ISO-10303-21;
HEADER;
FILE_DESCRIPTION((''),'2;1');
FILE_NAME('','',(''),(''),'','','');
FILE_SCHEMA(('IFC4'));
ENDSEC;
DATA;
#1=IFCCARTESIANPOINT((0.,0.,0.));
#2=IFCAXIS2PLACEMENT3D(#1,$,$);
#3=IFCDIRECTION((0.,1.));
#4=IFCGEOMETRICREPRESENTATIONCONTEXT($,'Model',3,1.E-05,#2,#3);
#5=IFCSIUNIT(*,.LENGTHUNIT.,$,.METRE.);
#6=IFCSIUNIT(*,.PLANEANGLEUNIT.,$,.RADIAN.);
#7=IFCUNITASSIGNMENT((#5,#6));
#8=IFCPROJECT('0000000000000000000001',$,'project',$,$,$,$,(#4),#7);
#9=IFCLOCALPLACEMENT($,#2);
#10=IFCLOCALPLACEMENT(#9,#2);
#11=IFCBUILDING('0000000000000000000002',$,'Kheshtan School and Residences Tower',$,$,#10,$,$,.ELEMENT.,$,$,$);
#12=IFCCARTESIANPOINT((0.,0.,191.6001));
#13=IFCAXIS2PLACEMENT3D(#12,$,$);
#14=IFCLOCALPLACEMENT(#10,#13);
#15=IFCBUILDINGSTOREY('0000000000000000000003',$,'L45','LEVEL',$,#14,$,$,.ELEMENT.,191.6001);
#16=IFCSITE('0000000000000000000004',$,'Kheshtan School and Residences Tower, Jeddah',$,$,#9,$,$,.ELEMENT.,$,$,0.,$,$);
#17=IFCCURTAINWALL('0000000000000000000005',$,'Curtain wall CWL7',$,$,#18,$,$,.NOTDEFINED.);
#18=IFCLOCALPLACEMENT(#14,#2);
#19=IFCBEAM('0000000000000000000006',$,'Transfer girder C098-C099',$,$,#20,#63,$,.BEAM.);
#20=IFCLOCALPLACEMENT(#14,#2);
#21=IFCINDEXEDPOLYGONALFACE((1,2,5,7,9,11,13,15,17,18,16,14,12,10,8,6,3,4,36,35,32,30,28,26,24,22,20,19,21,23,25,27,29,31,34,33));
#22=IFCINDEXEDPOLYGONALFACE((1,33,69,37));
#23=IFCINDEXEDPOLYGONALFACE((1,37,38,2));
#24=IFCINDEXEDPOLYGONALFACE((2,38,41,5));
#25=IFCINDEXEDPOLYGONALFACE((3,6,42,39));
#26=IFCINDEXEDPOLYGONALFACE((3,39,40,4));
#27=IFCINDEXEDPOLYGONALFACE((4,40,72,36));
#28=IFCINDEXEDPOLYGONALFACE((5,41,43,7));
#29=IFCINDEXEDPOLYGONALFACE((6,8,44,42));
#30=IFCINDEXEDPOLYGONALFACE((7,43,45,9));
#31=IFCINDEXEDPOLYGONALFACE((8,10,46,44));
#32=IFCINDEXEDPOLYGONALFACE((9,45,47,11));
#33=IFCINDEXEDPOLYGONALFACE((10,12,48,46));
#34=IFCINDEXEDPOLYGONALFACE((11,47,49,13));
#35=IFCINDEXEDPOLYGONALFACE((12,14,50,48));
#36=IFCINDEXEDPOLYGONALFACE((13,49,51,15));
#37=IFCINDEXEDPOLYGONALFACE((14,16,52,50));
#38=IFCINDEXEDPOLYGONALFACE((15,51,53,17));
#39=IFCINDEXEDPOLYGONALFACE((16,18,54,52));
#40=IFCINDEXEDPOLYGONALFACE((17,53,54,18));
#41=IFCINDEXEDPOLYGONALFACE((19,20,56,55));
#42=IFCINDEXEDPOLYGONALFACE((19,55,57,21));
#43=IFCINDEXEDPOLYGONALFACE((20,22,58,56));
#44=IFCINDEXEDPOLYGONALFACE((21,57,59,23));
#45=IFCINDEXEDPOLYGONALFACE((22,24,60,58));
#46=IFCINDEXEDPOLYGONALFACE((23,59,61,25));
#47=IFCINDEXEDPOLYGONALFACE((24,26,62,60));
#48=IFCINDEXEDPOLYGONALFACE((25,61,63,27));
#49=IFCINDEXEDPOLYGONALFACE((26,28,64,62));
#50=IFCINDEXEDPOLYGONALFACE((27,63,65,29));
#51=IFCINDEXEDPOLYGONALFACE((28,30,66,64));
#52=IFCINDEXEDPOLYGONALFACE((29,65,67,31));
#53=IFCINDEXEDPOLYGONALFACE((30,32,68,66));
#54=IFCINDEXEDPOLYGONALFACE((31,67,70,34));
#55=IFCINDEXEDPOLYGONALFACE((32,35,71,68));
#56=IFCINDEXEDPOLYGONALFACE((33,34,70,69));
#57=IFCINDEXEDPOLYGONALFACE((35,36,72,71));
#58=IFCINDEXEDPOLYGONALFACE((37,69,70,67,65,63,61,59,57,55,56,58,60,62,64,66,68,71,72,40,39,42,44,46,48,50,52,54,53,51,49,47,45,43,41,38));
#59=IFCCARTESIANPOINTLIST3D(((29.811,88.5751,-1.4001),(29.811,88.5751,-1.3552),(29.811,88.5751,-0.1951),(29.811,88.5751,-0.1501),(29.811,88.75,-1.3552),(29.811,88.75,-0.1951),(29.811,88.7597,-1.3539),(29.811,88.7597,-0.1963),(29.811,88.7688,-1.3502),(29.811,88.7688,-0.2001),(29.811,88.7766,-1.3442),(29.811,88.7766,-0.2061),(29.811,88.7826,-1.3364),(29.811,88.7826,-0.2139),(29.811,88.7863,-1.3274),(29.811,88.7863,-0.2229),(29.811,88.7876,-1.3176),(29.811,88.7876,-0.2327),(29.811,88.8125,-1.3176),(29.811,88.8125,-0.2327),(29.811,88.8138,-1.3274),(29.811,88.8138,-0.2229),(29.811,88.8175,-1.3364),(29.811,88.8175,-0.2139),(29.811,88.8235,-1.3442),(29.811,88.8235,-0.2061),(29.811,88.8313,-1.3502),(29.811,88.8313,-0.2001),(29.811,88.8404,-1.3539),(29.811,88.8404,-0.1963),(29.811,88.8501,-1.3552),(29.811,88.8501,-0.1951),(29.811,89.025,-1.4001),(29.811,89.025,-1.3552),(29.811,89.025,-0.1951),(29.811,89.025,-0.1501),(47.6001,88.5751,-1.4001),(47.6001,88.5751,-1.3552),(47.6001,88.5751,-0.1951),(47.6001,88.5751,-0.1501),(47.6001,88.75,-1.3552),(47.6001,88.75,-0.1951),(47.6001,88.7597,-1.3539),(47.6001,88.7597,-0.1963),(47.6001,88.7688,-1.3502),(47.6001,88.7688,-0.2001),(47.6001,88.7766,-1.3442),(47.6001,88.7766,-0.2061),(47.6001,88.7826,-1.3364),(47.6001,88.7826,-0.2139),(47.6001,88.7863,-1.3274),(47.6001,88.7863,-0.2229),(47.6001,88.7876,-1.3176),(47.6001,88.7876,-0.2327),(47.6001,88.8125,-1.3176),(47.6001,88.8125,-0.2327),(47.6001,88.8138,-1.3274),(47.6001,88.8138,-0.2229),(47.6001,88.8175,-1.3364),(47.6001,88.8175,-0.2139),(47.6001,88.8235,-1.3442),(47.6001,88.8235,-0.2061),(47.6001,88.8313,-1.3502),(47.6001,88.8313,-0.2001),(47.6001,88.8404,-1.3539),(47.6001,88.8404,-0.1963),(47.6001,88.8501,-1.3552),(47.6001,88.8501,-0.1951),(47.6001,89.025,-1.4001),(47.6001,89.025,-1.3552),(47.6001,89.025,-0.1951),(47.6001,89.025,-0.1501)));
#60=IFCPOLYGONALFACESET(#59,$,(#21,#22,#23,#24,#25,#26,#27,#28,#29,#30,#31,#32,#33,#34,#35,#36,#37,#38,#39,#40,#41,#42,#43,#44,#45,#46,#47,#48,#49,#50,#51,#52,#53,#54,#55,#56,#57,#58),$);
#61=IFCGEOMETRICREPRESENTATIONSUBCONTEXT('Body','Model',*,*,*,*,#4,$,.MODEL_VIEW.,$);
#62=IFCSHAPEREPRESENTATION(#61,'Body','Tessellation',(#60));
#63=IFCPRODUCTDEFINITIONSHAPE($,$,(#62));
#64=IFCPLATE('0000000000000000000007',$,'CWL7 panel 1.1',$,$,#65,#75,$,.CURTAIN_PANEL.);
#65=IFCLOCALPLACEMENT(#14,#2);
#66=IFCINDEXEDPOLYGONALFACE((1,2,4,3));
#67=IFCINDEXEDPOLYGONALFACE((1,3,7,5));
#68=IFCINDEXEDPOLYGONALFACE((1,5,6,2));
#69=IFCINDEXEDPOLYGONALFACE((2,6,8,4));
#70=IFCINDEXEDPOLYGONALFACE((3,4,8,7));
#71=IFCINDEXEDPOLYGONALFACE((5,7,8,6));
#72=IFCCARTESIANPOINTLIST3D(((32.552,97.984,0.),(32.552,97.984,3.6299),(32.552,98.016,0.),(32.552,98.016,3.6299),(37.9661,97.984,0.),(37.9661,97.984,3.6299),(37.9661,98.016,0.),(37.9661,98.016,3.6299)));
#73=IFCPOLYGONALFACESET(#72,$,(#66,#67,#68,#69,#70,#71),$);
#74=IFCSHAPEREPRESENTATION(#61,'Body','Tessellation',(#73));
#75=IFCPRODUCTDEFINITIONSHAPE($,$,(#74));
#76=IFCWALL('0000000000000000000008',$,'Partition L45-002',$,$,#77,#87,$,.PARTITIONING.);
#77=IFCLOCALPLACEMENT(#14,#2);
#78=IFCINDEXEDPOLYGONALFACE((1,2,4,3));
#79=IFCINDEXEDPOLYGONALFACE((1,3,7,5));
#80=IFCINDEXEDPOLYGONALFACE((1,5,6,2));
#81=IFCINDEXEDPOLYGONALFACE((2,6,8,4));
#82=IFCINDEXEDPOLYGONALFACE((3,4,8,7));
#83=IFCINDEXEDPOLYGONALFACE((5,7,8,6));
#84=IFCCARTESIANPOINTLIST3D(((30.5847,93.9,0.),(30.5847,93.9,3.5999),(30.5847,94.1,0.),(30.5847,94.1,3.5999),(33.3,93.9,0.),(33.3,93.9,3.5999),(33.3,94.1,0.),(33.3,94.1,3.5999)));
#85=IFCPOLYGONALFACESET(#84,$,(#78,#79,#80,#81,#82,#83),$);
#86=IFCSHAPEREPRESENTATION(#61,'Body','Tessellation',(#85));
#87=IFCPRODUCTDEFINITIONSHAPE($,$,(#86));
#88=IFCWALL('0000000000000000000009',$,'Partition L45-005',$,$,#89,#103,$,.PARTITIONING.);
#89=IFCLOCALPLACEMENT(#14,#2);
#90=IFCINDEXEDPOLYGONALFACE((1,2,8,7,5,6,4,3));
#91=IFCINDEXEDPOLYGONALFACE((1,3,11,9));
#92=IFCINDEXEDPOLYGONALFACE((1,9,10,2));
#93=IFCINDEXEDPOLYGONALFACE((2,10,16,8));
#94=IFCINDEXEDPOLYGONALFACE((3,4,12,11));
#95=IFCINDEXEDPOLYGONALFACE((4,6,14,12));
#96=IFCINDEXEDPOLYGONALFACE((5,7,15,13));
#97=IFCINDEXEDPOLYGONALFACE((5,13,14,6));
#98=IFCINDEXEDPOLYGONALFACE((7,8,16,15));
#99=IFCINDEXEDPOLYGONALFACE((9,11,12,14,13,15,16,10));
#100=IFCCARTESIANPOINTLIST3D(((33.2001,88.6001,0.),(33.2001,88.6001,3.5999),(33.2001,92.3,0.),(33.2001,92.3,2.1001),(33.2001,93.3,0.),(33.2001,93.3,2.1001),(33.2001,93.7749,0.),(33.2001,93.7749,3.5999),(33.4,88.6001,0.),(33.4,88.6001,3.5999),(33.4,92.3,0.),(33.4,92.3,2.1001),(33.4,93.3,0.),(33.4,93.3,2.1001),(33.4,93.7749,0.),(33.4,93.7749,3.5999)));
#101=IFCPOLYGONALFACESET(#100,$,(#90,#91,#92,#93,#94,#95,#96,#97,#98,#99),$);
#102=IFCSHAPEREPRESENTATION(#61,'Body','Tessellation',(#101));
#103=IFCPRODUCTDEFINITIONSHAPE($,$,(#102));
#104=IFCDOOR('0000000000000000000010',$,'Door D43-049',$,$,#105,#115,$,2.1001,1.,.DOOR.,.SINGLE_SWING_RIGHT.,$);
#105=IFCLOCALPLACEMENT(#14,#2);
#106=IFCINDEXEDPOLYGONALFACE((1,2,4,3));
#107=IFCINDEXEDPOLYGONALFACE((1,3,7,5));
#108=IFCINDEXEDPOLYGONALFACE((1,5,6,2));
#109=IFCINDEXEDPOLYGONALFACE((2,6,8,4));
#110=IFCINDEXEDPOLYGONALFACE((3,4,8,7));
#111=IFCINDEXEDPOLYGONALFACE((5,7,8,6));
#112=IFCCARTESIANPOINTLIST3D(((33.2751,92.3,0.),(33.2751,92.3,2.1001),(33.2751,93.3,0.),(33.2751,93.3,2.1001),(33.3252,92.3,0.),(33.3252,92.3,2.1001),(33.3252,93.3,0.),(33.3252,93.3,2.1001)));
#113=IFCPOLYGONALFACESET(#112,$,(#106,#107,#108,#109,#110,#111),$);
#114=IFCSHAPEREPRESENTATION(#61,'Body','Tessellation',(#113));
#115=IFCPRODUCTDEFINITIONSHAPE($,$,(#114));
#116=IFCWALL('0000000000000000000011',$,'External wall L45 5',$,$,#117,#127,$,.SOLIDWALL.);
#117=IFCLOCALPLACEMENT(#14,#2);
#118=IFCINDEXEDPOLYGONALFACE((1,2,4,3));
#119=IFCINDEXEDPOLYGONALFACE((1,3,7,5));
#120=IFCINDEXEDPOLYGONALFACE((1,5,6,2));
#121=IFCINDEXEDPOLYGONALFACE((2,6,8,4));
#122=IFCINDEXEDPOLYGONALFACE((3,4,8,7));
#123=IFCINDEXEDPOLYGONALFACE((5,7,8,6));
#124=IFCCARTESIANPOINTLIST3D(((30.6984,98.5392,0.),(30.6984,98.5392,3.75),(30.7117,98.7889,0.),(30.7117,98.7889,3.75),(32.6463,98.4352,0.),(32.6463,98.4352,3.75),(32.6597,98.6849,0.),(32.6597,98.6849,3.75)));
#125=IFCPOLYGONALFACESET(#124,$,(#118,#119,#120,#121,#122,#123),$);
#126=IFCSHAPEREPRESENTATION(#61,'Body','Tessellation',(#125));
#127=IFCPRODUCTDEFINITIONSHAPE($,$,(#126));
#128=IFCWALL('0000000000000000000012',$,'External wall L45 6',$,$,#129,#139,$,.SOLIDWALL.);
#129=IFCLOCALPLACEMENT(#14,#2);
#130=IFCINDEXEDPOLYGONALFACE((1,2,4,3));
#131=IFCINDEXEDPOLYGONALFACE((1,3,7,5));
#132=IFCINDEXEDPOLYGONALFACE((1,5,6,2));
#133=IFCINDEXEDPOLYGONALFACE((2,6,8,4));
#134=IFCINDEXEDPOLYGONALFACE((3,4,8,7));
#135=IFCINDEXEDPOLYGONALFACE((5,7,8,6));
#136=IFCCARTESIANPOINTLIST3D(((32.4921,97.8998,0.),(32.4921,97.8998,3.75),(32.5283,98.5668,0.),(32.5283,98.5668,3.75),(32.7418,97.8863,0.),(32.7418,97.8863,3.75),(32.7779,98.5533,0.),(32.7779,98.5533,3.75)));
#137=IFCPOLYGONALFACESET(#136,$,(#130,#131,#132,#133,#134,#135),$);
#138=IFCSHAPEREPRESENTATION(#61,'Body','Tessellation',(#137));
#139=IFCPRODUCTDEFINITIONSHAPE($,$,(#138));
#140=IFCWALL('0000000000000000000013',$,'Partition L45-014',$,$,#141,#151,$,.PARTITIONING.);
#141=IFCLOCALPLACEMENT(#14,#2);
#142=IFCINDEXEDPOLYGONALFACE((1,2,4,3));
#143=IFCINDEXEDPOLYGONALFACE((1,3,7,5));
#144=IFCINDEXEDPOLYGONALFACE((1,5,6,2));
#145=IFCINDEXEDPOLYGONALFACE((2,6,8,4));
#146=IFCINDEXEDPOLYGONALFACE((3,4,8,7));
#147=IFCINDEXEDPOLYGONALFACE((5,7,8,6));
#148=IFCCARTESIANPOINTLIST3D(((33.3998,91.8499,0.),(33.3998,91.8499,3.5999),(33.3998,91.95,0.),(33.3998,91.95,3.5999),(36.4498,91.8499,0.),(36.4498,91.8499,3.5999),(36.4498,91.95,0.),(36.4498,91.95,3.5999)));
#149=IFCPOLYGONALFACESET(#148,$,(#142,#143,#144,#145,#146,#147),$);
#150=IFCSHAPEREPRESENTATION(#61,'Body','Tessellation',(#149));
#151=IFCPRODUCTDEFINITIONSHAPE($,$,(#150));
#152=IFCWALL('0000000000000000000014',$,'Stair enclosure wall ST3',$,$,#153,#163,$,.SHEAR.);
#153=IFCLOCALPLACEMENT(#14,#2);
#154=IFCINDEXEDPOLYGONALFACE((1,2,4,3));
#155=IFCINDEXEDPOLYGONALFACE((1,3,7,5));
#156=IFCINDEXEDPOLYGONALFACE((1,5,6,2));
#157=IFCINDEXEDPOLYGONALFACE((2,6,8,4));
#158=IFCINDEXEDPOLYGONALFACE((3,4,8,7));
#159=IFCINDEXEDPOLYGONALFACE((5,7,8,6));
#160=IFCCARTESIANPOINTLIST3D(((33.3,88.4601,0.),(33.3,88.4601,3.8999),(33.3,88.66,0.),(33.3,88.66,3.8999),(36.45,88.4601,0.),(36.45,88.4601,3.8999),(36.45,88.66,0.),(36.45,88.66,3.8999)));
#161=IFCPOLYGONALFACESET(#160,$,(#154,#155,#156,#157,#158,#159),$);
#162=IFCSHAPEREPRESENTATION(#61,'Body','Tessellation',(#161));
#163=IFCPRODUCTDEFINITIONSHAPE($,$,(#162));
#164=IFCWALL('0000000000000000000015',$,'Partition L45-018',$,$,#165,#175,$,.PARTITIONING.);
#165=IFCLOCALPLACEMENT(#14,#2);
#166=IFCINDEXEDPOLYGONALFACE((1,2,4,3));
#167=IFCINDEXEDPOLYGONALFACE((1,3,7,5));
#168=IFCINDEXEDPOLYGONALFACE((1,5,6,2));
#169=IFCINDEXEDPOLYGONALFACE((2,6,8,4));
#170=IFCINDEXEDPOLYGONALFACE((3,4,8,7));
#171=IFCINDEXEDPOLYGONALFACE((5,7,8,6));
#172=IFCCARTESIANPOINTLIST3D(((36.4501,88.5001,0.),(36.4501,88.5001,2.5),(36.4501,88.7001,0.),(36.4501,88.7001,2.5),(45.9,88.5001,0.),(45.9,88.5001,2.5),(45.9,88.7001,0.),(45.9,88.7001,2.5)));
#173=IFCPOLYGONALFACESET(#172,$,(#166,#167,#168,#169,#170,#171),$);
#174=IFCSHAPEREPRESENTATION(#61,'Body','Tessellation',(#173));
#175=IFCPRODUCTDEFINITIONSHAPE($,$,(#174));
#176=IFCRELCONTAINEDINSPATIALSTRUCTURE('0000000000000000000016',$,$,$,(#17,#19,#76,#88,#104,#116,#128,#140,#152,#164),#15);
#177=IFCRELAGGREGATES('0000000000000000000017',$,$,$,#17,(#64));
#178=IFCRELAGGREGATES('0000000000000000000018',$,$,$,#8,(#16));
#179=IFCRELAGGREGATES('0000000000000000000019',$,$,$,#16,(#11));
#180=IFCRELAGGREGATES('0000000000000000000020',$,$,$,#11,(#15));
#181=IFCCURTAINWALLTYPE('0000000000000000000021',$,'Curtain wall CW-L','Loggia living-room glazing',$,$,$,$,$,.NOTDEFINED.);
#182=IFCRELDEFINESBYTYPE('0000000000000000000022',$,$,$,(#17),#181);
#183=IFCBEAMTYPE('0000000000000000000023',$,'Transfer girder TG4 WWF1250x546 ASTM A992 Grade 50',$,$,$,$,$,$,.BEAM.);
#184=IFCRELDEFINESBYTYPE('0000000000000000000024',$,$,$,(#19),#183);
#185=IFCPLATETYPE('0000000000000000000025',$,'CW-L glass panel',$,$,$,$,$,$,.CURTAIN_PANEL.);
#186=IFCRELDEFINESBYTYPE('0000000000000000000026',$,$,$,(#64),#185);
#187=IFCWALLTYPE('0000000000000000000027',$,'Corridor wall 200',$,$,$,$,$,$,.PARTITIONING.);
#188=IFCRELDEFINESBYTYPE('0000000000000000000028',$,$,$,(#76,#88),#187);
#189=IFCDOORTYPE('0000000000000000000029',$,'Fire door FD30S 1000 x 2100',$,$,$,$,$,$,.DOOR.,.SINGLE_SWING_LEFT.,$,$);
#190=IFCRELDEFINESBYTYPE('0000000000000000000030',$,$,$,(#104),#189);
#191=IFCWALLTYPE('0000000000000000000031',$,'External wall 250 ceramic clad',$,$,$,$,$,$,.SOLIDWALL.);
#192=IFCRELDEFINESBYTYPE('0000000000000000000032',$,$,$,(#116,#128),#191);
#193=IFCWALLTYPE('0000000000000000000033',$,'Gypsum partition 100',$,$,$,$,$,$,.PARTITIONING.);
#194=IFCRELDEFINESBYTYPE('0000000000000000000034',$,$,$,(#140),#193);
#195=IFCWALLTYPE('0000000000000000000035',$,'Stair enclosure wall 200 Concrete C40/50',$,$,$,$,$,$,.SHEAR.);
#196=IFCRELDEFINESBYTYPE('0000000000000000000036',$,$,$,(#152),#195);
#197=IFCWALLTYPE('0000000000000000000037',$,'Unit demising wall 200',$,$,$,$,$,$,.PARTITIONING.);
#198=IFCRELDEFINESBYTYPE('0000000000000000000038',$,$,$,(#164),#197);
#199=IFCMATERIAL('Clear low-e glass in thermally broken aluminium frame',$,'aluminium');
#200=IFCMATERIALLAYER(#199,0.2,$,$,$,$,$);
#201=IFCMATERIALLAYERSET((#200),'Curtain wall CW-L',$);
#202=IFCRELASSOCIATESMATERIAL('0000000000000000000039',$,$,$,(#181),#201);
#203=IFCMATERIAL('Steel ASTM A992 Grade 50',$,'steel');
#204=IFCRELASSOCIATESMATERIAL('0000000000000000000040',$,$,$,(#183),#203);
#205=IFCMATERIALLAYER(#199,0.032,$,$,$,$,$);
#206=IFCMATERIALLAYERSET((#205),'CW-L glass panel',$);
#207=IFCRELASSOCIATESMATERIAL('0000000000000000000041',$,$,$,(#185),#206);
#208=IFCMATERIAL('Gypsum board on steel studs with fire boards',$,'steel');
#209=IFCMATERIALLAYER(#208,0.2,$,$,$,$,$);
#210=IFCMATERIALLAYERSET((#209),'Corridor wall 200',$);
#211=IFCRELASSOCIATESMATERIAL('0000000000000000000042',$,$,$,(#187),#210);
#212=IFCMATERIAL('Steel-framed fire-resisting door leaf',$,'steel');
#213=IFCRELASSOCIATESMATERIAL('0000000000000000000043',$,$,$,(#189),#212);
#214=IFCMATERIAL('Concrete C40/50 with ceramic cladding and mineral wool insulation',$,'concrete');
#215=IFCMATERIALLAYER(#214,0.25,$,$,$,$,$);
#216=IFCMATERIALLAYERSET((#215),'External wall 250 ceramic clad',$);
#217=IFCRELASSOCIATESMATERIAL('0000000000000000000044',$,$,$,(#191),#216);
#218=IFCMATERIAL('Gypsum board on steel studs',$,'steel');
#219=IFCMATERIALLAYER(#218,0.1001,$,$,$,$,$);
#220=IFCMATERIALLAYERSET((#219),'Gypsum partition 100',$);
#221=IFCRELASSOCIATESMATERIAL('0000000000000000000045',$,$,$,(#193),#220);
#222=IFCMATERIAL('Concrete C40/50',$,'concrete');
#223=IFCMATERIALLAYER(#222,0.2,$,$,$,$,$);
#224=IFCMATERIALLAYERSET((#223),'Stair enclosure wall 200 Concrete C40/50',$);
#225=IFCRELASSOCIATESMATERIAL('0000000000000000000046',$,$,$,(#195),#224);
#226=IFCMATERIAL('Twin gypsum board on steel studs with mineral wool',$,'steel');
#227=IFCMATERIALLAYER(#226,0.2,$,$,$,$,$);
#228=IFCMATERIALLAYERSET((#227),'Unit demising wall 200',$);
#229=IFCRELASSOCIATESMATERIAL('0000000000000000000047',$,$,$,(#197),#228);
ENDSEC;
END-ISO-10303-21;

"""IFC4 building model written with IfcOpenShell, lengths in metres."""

from ifc_helpers import new_model, si_unit, direction, frame, frame_2d, origin, origin_2d, place, context, subcontext, project, spatial, rectangle, i_section, extrude, source, transform, mapped, material, layer, layer_set, material_profile, profile_set, type_object, element, fill, aggregate, save


model = new_model("IFC4")

# Units and contexts
model_context = context("Model", 3, precision=1e-05, world=origin(), true_north=direction((0.0, 1.0)))
body_context = subcontext(model_context, "Body", "Model", "MODEL_VIEW")
ifc_project = project(units=[si_unit("LENGTHUNIT", "METRE"), si_unit("PLANEANGLEUNIT", "RADIAN")], contexts=[model_context])

# Site, building, storey
site_placement = place(None, origin())
site = spatial("IfcSite", under=ifc_project, at=site_placement, Name="Kheshtan School and Residences Tower, Jeddah", CompositionType="ELEMENT", RefElevation=0.0)
building_placement = place(site_placement, origin())
building = spatial("IfcBuilding", under=site, at=building_placement, Name="Kheshtan School and Residences Tower", CompositionType="ELEMENT")
storey_placement = place(building_placement, frame((0.0, 0.0, 191.6001)))
storey = spatial("IfcBuildingStorey", under=building, at=storey_placement, Name="L45", Description="LEVEL", CompositionType="ELEMENT", Elevation=191.6001)

# Shared definitions
ifc_material_1 = material(Name="Steel ASTM A992 Grade 50", Category="steel")

# Curtain wall
ifc_material_2 = material(Name="Clear low-e glass in thermally broken aluminium frame", Category="aluminium")
ifc_layer_1 = layer(ifc_material_2, 0.2)
ifc_layer_set_1 = layer_set([ifc_layer_1], Name="Curtain wall CW-L")
curtain_wall_type = type_object("IfcCurtainWallType", Name="Curtain wall CW-L", Description="Loggia living-room glazing", PredefinedType="NOTDEFINED", material=ifc_layer_set_1)
curtain_wall_placement = place(storey_placement, origin())
curtain_wall = element("IfcCurtainWall", 1, at=curtain_wall_placement, inside=storey, type_object=curtain_wall_type, Name="Curtain wall CWL7", PredefinedType="NOTDEFINED")

# Beam
ifc_material_profile_1 = material_profile(ifc_material_1, i_section(OverallWidth=0.45, OverallDepth=1.25, WebThickness=0.0249, FlangeThickness=0.0449, FilletRadius=0.0376, at=origin_2d()), Name="WWF1250x546")
ifc_profile_set_1 = profile_set([ifc_material_profile_1], Name="Steel ASTM A992 Grade 50")
beam_type_1 = type_object("IfcBeamType", Name="Transfer girder TG4 WWF1250x546 ASTM A992 Grade 50", PredefinedType="BEAM", material=ifc_profile_set_1)
beam_1_placement = place(storey_placement, frame((29.811, 88.8, -0.7751), z_axis=(1.0, 0.0, 0.0), x_axis=(0.0, 1.0, 0.0)))
element("IfcBeam", 2, at=beam_1_placement, inside=storey, type_object=beam_type_1, Name="Transfer girder C098-C099", PredefinedType="BEAM", context=body_context, shape_type="SweptSolid", body=[
    extrude(i_section(OverallWidth=0.45, OverallDepth=1.25, WebThickness=0.0249, FlangeThickness=0.0449, FilletRadius=0.0376, at=origin_2d()), origin(), (0.0, 0.0, 1.0), 17.7891),
])

# Plate
ifc_layer_2 = layer(ifc_material_2, 0.032)
ifc_layer_set_2 = layer_set([ifc_layer_2], Name="CW-L glass panel")
plate_type = type_object("IfcPlateType", Name="CW-L glass panel", PredefinedType="CURTAIN_PANEL", material=ifc_layer_set_2)
plate_placement = place(storey_placement, frame((35.259, 98.0, 0.0), z_axis=(0.0, 0.0, 1.0), x_axis=(1.0, 0.0, 0.0)))
plate = element("IfcPlate", 3, at=plate_placement, type_object=plate_type, Name="CWL7 panel 1.1", PredefinedType="CURTAIN_PANEL", context=body_context, shape_type="SweptSolid", body=[
    extrude(rectangle(XDim=5.4141, YDim=0.032, at=origin_2d()), origin(), (0.0, 0.0, 1.0), 3.6299),
])
aggregate(curtain_wall, [plate])

# Wall
ifc_material_3 = material(Name="Gypsum board on steel studs with fire boards", Category="steel")
ifc_layer_3 = layer(ifc_material_3, 0.2)
ifc_layer_set_3 = layer_set([ifc_layer_3], Name="Corridor wall 200")
wall_type_1 = type_object("IfcWallType", Name="Corridor wall 200", PredefinedType="PARTITIONING", material=ifc_layer_set_3)
wall_1_placement = place(storey_placement, frame((30.5847, 94.0, 0.0), z_axis=(0.0, 0.0, 1.0), x_axis=(1.0, 0.0, 0.0)))
element("IfcWall", 4, at=wall_1_placement, inside=storey, type_object=wall_type_1, Name="Partition L45-002", PredefinedType="PARTITIONING", context=body_context, shape_type="SweptSolid", body=[
    extrude(rectangle(XDim=2.7153, YDim=0.2, at=frame_2d((1.3577, 0.0))), origin(), (0.0, 0.0, 1.0), 3.5999),
])

# Wall, opening, door
wall_2_placement = place(storey_placement, frame((33.3, 88.6001, 0.0), z_axis=(0.0, 0.0, 1.0), x_axis=(0.0, 1.0, 0.0)))
wall_2 = element("IfcWall", 5, at=wall_2_placement, inside=storey, type_object=wall_type_1, Name="Partition L45-005", PredefinedType="PARTITIONING", context=body_context, shape_type="SweptSolid", body=[
    extrude(rectangle(XDim=5.1748, YDim=0.2, at=frame_2d((2.5874, 0.0))), origin(), (0.0, 0.0, 1.0), 3.5999),
])
opening_placement = place(wall_2_placement, frame((3.7, 0.0, 0.0)))
opening = element("IfcOpeningElement", 6, at=opening_placement, cuts=wall_2, PredefinedType="OPENING", context=body_context, shape_type="SweptSolid", body=[
    extrude(rectangle(XDim=1.0, YDim=2.1001, at=frame_2d((0.5, 1.05))), frame((0.0, 0.1099, 0.0), z_axis=(0.0, -1.0, 0.0), x_axis=(1.0, 0.0, 0.0)), (0.0, 0.0, 1.0), 0.22),
])
ifc_material_4 = material(Name="Steel-framed fire-resisting door leaf", Category="steel")
door_type = type_object("IfcDoorType", Name="Fire door FD30S 1000 x 2100", OperationType="SINGLE_SWING_LEFT", PredefinedType="DOOR", material=ifc_material_4)
shared_shape = source(origin(), body_context, "Body", "SweptSolid", [
    extrude(rectangle(XDim=1.0, YDim=2.1001, at=frame_2d((0.5, 1.05))), frame((0.0, 0.0249, 0.0), z_axis=(0.0, -1.0, 0.0), x_axis=(1.0, 0.0, 0.0)), (0.0, 0.0, 1.0), 0.05),
])
door_placement = place(opening_placement, origin())
door = element("IfcDoor", 7, at=door_placement, inside=storey, type_object=door_type, Name="Door D43-049", OperationType="SINGLE_SWING_RIGHT", OverallHeight=2.1001, OverallWidth=1.0, PredefinedType="DOOR", context=body_context, shape_type="MappedRepresentation", body=[
    mapped(shared_shape, transform((0.0, 0.0, 0.0), x_axis=(1.0, 0.0, 0.0), y_axis=(0.0, 1.0, 0.0), z_axis=(0.0, 0.0, 1.0), scale=1.0)),
])
fill(opening, door)

# Walls
ifc_material_5 = material(Name="Concrete C40/50 with ceramic cladding and mineral wool insulation", Category="concrete")
ifc_layer_4 = layer(ifc_material_5, 0.25)
ifc_layer_set_4 = layer_set([ifc_layer_4], Name="External wall 250 ceramic clad")
wall_type_2 = type_object("IfcWallType", Name="External wall 250 ceramic clad", PredefinedType="SOLIDWALL", material=ifc_layer_set_4)
wall_3_placement = place(storey_placement, frame((30.7051, 98.6641, 0.0), z_axis=(0.0, 0.0, 1.0), x_axis=(0.998578, -0.053314, 0.0)))
element("IfcWall", 8, at=wall_3_placement, inside=storey, type_object=wall_type_2, Name="External wall L45 5", PredefinedType="SOLIDWALL", context=body_context, shape_type="SweptSolid", body=[
    extrude(rectangle(XDim=1.9507, YDim=0.25, at=frame_2d((0.9753, 0.0))), origin(), (0.0, 0.0, 1.0), 3.75),
])
wall_4_placement = place(storey_placement, frame((32.6531, 98.5601, 0.0), z_axis=(0.0, 0.0, 1.0), x_axis=(-0.054093, -0.998536, 0.0)))
element("IfcWall", 9, at=wall_4_placement, inside=storey, type_object=wall_type_2, Name="External wall L45 6", PredefinedType="SOLIDWALL", context=body_context, shape_type="SweptSolid", body=[
    extrude(rectangle(XDim=0.668, YDim=0.25, at=frame_2d((0.334, 0.0))), origin(), (0.0, 0.0, 1.0), 3.75),
])
ifc_material_6 = material(Name="Gypsum board on steel studs", Category="steel")
ifc_layer_5 = layer(ifc_material_6, 0.1001)
ifc_layer_set_5 = layer_set([ifc_layer_5], Name="Gypsum partition 100")
wall_type_3 = type_object("IfcWallType", Name="Gypsum partition 100", PredefinedType="PARTITIONING", material=ifc_layer_set_5)
wall_5_placement = place(storey_placement, frame((33.3999, 91.8999, 0.0), z_axis=(0.0, 0.0, 1.0), x_axis=(1.0, 0.0, 0.0)))
element("IfcWall", 10, at=wall_5_placement, inside=storey, type_object=wall_type_3, Name="Partition L45-014", PredefinedType="PARTITIONING", context=body_context, shape_type="SweptSolid", body=[
    extrude(rectangle(XDim=3.05, YDim=0.1001, at=frame_2d((1.5249, 0.0))), origin(), (0.0, 0.0, 1.0), 3.5999),
])
ifc_material_7 = material(Name="Concrete C40/50", Category="concrete")
ifc_layer_6 = layer(ifc_material_7, 0.2)
ifc_layer_set_6 = layer_set([ifc_layer_6], Name="Stair enclosure wall 200 Concrete C40/50")
wall_type_4 = type_object("IfcWallType", Name="Stair enclosure wall 200 Concrete C40/50", PredefinedType="SHEAR", material=ifc_layer_set_6)
wall_6_placement = place(storey_placement, frame((33.3, 88.5601, 0.0), z_axis=(0.0, 0.0, 1.0), x_axis=(1.0, 0.0, 0.0)))
element("IfcWall", 11, at=wall_6_placement, inside=storey, type_object=wall_type_4, Name="Stair enclosure wall ST3", PredefinedType="SHEAR", context=body_context, shape_type="SweptSolid", body=[
    extrude(rectangle(XDim=3.1499, YDim=0.2, at=frame_2d((1.575, 0.0))), origin(), (0.0, 0.0, 1.0), 3.8999),
])
ifc_material_8 = material(Name="Twin gypsum board on steel studs with mineral wool", Category="steel")
ifc_layer_7 = layer(ifc_material_8, 0.2)
ifc_layer_set_7 = layer_set([ifc_layer_7], Name="Unit demising wall 200")
wall_type_5 = type_object("IfcWallType", Name="Unit demising wall 200", PredefinedType="PARTITIONING", material=ifc_layer_set_7)
wall_7_placement = place(storey_placement, frame((36.45, 88.6001, 0.0), z_axis=(0.0, 0.0, 1.0), x_axis=(1.0, 0.0, 0.0)))
element("IfcWall", 12, at=wall_7_placement, inside=storey, type_object=wall_type_5, Name="Partition L45-018", PredefinedType="PARTITIONING", context=body_context, shape_type="SweptSolid", body=[
    extrude(rectangle(XDim=9.45, YDim=0.2, at=frame_2d((4.7251, 0.0))), origin(), (0.0, 0.0, 1.0), 2.5),
])

save(model, "model.ifc")
